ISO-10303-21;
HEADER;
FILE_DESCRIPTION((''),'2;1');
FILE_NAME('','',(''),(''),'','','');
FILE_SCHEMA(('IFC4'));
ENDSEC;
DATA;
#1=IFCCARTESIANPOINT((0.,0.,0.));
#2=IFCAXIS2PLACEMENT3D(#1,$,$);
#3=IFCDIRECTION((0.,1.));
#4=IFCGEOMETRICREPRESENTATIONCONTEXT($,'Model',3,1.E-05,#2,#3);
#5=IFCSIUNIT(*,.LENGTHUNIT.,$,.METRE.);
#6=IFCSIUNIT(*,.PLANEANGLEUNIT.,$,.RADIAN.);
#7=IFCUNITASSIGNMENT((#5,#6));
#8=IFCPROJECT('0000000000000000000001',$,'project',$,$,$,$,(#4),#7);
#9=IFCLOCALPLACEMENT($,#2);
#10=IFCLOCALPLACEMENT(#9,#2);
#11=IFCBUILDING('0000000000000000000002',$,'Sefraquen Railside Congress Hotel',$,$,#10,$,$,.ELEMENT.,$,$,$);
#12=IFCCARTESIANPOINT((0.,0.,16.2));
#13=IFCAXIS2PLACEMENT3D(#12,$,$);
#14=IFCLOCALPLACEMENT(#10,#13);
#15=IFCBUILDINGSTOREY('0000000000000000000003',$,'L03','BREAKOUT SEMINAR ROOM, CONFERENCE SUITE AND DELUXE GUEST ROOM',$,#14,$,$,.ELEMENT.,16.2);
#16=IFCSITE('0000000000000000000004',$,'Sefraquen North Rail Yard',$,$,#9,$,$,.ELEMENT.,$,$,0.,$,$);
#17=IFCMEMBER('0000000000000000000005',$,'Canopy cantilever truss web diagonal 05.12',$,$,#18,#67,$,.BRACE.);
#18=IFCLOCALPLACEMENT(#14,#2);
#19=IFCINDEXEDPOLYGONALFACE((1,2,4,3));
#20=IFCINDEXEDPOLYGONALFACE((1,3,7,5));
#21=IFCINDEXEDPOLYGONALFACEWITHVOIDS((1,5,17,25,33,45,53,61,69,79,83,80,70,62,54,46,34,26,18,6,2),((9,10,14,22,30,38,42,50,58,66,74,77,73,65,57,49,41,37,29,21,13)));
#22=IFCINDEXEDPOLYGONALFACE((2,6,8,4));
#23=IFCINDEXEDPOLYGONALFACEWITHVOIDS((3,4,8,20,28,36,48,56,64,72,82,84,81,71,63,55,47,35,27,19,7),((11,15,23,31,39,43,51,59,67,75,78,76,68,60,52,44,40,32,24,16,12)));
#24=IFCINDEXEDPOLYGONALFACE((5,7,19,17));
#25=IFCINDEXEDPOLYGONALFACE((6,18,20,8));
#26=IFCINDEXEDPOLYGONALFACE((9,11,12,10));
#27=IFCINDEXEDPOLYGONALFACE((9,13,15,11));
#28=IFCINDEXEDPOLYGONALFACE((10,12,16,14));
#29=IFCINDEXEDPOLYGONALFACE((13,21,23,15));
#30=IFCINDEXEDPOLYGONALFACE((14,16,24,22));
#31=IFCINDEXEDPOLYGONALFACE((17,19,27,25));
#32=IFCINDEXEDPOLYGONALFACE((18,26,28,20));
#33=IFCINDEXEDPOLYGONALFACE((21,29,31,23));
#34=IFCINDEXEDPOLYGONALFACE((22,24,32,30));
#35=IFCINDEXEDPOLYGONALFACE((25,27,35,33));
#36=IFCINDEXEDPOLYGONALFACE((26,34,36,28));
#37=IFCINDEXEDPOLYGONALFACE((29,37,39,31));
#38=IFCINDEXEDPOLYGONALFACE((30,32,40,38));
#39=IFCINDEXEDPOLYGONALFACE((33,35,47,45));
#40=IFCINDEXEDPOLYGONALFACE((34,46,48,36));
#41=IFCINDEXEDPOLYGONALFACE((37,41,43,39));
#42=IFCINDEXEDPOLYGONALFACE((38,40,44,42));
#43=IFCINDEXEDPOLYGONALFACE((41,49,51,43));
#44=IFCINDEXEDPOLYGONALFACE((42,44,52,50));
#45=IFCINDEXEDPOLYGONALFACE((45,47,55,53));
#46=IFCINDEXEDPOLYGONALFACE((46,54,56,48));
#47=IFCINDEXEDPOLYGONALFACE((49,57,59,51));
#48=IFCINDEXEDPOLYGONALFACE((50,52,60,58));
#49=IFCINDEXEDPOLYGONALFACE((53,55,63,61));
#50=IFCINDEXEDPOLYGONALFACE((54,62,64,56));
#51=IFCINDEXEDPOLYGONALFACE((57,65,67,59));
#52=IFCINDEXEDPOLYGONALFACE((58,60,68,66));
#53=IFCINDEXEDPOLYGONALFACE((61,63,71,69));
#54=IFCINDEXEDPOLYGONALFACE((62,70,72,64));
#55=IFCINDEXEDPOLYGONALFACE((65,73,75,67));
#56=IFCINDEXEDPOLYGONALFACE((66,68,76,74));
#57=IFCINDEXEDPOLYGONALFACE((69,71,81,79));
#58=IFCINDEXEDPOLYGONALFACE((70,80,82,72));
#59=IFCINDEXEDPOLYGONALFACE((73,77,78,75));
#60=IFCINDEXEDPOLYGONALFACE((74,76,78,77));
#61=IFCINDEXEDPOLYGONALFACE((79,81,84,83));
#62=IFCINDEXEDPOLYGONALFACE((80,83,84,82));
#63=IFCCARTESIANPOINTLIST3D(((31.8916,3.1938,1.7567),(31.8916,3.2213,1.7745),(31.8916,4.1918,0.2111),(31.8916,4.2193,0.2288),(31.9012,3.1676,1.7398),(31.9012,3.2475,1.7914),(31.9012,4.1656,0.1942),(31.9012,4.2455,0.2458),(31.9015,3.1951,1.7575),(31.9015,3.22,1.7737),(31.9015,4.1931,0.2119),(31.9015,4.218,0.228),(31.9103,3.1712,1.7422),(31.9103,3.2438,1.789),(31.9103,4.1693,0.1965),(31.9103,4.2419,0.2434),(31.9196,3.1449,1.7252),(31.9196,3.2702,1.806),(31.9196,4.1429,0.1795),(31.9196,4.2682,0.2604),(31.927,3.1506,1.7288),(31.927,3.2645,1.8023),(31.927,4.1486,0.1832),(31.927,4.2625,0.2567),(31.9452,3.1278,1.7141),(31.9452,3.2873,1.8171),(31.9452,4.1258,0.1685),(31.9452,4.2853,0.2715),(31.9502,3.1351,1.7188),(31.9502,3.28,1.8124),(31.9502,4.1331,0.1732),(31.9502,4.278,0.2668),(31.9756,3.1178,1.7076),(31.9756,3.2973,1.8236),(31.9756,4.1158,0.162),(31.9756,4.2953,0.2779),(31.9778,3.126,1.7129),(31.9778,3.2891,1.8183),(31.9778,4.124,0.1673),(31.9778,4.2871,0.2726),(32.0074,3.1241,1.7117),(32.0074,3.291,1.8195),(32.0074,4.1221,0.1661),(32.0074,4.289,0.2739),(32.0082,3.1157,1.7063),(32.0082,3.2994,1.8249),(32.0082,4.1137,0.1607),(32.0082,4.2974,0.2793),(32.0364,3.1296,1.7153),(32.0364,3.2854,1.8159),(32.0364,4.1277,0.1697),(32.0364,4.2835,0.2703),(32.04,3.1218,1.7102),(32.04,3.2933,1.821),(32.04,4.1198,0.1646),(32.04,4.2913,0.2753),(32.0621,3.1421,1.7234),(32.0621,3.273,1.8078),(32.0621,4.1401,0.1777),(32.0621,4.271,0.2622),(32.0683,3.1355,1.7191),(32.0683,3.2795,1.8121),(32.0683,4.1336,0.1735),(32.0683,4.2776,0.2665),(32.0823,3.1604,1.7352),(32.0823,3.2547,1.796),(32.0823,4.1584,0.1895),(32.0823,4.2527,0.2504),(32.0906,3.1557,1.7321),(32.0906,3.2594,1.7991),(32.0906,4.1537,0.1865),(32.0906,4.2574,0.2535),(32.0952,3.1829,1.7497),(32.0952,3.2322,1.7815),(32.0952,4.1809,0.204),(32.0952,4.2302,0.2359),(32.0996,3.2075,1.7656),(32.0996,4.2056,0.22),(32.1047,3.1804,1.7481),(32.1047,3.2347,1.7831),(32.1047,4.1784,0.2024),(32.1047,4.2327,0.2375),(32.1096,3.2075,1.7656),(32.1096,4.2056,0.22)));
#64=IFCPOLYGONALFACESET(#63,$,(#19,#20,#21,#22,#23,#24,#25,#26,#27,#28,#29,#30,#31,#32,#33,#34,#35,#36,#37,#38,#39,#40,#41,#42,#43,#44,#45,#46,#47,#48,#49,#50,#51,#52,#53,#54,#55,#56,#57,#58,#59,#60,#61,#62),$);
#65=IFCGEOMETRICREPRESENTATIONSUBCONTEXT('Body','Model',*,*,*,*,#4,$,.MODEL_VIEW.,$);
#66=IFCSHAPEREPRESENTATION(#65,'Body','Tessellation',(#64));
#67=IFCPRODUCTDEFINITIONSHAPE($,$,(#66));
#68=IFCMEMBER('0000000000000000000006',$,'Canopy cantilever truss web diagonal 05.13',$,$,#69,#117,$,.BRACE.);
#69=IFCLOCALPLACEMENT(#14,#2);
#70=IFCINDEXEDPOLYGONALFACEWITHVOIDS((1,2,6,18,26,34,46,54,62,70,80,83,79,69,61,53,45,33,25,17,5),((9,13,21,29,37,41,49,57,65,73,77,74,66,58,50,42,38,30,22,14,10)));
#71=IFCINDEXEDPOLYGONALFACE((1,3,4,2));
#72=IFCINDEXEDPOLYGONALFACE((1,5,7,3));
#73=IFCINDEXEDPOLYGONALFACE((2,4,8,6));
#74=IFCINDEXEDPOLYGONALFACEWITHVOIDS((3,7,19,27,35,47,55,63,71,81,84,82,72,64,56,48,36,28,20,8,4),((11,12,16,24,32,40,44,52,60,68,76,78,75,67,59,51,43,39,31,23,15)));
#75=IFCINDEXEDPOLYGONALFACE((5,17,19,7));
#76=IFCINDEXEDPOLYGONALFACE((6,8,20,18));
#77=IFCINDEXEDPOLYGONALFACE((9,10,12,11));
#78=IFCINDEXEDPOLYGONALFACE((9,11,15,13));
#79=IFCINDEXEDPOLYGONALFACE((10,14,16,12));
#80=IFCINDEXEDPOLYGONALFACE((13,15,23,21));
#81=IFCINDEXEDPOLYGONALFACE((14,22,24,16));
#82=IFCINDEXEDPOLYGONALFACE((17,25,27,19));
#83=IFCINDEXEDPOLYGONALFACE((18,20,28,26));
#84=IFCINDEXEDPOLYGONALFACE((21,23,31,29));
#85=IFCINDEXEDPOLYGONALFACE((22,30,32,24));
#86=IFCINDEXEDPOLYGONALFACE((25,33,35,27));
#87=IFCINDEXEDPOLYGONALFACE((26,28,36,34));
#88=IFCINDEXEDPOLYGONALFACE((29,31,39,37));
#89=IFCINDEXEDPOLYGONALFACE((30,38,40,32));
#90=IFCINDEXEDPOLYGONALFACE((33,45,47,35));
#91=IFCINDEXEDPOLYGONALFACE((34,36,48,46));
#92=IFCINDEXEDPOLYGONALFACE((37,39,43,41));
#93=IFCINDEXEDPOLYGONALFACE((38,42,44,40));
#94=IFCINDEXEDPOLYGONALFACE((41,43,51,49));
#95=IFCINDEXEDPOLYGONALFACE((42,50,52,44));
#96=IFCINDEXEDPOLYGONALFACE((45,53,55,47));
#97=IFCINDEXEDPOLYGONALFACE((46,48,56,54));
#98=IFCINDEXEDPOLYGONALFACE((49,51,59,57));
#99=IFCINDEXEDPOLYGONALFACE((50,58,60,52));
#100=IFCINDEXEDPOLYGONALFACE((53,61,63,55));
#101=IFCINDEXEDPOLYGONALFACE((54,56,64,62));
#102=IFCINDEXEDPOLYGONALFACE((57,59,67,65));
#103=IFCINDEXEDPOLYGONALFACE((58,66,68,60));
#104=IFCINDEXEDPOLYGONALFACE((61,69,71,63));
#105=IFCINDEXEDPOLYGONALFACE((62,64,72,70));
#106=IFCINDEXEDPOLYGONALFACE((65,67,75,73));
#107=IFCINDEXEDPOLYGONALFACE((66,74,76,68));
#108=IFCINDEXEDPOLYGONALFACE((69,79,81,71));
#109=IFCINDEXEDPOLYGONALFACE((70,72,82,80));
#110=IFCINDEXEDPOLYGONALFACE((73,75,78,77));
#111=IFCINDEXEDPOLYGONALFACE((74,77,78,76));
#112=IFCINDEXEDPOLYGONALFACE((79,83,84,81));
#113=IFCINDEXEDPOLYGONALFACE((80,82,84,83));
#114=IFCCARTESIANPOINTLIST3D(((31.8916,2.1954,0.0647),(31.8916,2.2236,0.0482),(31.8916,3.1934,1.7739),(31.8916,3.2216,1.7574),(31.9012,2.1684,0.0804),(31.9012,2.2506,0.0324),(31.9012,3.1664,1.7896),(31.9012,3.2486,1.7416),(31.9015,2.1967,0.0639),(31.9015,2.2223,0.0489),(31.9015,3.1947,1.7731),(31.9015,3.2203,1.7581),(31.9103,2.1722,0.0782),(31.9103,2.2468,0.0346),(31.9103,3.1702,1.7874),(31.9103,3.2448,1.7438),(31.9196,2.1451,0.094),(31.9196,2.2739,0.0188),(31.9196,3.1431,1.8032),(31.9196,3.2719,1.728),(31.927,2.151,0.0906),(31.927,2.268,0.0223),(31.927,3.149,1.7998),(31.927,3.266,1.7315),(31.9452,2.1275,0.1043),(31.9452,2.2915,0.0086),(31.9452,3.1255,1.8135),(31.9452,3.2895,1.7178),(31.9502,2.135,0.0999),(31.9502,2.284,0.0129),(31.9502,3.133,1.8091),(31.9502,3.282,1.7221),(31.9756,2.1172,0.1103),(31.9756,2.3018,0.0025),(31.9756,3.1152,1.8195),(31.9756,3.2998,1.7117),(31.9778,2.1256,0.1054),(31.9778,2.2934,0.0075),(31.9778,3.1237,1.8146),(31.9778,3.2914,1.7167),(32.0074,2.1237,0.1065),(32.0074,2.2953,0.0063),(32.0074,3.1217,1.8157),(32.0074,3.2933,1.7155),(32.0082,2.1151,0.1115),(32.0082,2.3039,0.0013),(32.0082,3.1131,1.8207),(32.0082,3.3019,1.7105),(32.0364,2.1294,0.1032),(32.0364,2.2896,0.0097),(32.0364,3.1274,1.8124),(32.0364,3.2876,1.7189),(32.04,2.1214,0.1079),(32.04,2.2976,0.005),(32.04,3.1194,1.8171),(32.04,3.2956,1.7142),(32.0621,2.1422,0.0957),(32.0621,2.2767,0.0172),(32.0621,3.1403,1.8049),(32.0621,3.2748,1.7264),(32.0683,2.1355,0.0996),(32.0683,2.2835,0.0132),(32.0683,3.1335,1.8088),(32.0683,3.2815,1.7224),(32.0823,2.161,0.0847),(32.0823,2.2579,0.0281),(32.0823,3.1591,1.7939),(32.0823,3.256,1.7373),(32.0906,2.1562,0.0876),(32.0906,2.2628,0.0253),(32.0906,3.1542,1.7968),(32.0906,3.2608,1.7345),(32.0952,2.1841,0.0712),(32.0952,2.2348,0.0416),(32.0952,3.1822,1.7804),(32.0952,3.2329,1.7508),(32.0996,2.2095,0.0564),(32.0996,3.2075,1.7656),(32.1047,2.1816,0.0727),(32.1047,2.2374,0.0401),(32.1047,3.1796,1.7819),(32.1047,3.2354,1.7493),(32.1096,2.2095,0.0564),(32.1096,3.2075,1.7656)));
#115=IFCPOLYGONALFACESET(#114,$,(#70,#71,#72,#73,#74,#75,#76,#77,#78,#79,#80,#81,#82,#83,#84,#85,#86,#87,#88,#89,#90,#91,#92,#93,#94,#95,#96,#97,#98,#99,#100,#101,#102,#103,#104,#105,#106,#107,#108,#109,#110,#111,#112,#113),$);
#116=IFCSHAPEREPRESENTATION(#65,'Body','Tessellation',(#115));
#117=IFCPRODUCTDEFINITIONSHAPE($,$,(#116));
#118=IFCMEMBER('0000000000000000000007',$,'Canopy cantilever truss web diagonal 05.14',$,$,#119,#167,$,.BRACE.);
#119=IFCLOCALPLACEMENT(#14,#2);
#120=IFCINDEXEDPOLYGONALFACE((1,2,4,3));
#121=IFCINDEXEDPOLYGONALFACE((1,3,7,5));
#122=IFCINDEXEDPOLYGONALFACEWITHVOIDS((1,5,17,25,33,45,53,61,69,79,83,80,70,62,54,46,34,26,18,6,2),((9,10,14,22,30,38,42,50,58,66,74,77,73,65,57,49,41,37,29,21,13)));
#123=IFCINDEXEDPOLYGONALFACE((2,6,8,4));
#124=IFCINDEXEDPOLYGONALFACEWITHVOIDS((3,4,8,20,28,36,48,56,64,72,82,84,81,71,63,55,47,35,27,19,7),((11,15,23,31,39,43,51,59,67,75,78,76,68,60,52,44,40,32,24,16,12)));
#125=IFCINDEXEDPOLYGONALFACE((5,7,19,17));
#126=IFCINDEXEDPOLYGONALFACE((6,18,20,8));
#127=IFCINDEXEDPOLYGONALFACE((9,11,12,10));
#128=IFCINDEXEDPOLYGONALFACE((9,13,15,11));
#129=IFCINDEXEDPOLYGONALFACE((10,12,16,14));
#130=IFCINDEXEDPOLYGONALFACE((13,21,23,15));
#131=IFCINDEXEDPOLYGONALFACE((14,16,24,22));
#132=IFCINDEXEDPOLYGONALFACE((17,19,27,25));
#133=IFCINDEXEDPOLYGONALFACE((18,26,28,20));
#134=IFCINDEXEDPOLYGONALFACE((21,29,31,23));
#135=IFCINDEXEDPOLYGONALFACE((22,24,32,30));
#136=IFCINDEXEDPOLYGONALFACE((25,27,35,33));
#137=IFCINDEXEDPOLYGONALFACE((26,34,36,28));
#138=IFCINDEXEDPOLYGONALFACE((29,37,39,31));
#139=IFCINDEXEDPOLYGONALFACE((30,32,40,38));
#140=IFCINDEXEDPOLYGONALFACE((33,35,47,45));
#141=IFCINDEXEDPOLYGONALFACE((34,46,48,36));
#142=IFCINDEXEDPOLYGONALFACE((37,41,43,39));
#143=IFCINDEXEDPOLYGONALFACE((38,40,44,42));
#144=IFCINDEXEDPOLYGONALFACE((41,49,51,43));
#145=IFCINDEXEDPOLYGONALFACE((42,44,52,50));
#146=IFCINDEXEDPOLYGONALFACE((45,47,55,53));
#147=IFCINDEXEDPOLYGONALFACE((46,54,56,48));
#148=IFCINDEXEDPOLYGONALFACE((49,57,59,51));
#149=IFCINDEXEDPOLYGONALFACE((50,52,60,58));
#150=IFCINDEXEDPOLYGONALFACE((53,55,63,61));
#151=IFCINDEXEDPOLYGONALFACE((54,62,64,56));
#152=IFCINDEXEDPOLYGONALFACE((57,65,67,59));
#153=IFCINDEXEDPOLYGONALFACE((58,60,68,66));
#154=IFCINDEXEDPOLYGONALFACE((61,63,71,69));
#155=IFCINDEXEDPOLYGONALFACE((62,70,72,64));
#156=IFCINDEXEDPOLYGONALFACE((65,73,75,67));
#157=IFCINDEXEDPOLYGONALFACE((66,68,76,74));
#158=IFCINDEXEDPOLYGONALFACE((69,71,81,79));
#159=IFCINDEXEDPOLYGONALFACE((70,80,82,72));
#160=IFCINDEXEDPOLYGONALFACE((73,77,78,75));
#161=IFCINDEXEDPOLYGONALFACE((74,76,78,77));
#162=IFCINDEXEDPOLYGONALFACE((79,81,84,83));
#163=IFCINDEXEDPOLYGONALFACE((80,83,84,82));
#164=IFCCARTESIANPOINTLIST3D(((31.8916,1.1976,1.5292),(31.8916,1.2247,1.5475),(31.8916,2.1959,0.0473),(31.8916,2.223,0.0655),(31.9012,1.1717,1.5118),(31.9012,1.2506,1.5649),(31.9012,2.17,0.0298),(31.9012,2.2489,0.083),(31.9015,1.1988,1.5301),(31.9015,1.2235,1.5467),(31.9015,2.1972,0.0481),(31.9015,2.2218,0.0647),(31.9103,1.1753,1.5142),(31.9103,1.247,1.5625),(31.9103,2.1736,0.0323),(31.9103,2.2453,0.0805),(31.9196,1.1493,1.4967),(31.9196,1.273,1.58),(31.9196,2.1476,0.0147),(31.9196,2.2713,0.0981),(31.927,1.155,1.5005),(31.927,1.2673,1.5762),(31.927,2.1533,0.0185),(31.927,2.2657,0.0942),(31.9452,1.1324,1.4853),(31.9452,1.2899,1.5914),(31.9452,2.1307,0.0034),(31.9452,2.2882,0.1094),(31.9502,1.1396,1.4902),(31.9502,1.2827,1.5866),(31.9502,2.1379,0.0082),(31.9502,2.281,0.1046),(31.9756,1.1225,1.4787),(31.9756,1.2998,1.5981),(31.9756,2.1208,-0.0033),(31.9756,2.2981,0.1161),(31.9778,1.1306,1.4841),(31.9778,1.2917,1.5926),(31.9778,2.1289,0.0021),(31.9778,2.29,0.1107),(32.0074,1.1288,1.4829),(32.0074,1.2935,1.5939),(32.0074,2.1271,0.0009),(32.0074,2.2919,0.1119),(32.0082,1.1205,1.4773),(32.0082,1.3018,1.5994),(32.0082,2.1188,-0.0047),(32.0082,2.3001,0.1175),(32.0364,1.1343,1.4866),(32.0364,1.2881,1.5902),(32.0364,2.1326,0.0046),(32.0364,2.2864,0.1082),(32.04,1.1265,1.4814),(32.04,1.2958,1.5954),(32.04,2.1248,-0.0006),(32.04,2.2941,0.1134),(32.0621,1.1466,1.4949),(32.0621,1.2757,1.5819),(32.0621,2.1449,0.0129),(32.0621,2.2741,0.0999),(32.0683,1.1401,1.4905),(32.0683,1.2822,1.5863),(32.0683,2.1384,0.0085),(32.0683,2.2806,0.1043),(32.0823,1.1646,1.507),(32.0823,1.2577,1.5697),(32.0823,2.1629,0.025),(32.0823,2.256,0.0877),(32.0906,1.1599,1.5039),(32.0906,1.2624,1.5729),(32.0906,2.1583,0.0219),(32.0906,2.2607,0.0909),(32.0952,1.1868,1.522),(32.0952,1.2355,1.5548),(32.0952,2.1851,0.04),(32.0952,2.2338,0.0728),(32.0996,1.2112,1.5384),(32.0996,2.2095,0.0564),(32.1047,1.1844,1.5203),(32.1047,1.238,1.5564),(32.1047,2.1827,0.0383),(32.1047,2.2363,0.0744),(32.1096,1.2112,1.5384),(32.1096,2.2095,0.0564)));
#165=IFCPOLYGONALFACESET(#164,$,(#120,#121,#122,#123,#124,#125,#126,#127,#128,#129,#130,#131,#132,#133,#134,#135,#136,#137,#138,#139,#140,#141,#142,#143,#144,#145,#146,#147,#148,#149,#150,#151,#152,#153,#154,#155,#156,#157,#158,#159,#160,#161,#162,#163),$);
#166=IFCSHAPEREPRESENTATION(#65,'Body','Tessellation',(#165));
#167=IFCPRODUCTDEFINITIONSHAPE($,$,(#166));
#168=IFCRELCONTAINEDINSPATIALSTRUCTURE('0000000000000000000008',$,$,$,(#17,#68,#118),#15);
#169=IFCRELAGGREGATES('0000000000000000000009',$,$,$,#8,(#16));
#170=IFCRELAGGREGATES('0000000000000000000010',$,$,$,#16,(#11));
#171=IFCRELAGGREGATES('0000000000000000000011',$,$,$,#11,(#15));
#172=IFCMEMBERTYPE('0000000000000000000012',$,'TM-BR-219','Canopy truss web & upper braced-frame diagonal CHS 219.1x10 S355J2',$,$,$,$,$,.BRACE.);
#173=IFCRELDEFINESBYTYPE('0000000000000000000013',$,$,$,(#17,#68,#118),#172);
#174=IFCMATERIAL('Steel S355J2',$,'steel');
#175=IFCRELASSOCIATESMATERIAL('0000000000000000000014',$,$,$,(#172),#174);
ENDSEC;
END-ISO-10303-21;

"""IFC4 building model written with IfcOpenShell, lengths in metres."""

from ifc_helpers import new_model, si_unit, direction, frame, origin, origin_2d, place, context, subcontext, project, spatial, hollow_circle, extrude, material, material_profile, profile_set, type_object, element, save


model = new_model("IFC4")

# Units and contexts
model_context = context("Model", 3, precision=1e-05, world=origin(), true_north=direction((0.0, 1.0)))
body_context = subcontext(model_context, "Body", "Model", "MODEL_VIEW")
ifc_project = project(units=[si_unit("LENGTHUNIT", "METRE"), si_unit("PLANEANGLEUNIT", "RADIAN")], contexts=[model_context])

# Site, building, storey
site_placement = place(None, origin())
site = spatial("IfcSite", under=ifc_project, at=site_placement, Name="Sefraquen North Rail Yard", CompositionType="ELEMENT", RefElevation=0.0)
building_placement = place(site_placement, origin())
building = spatial("IfcBuilding", under=site, at=building_placement, Name="Sefraquen Railside Congress Hotel", CompositionType="ELEMENT")
storey_placement = place(building_placement, frame((0.0, 0.0, 16.2)))
storey = spatial("IfcBuildingStorey", under=building, at=storey_placement, Name="L03", Description="BREAKOUT SEMINAR ROOM, CONFERENCE SUITE AND DELUXE GUEST ROOM", CompositionType="ELEMENT", Elevation=16.2)

# Members
ifc_material_1 = material(Name="Steel S355J2", Category="steel")
ifc_material_profile_1 = material_profile(ifc_material_1, hollow_circle(Radius=0.1096, WallThickness=0.01, at=origin_2d()), Name="CHS 219.1x10")
ifc_profile_set_1 = profile_set([ifc_material_profile_1], Name="Steel S355J2")
member_type_1 = type_object("IfcMemberType", Name="TM-BR-219", Description="Canopy truss web & upper braced-frame diagonal CHS 219.1x10 S355J2", PredefinedType="BRACE", material=ifc_profile_set_1)
member_1_placement = place(storey_placement, frame((32.0, 4.2056, 0.22), z_axis=(0.0, -0.542453, 0.840086), x_axis=(1.0, 0.0, 0.0)))
element("IfcMember", 1, at=member_1_placement, inside=storey, type_object=member_type_1, Name="Canopy cantilever truss web diagonal 05.12", PredefinedType="BRACE", context=body_context, shape_type="SweptSolid", body=[
    extrude(hollow_circle(Radius=0.1096, WallThickness=0.01, at=origin_2d()), origin(), (0.0, 0.0, 1.0), 1.8398),
])
member_2_placement = place(storey_placement, frame((32.0, 3.2075, 1.7656), z_axis=(0.0, -0.504247, -0.86356), x_axis=(1.0, 0.0, 0.0)))
element("IfcMember", 2, at=member_2_placement, inside=storey, type_object=member_type_1, Name="Canopy cantilever truss web diagonal 05.13", PredefinedType="BRACE", context=body_context, shape_type="SweptSolid", body=[
    extrude(hollow_circle(Radius=0.1096, WallThickness=0.01, at=origin_2d()), origin(), (0.0, 0.0, 1.0), 1.9792),
])
member_3_placement = place(storey_placement, frame((32.0, 2.2095, 0.0564), z_axis=(0.0, -0.558698, 0.829371), x_axis=(1.0, 0.0, 0.0)))
element("IfcMember", 3, at=member_3_placement, inside=storey, type_object=member_type_1, Name="Canopy cantilever truss web diagonal 05.14", PredefinedType="BRACE", context=body_context, shape_type="SweptSolid", body=[
    extrude(hollow_circle(Radius=0.1096, WallThickness=0.01, at=origin_2d()), origin(), (0.0, 0.0, 1.0), 1.7869),
])

save(model, "model.ifc")
